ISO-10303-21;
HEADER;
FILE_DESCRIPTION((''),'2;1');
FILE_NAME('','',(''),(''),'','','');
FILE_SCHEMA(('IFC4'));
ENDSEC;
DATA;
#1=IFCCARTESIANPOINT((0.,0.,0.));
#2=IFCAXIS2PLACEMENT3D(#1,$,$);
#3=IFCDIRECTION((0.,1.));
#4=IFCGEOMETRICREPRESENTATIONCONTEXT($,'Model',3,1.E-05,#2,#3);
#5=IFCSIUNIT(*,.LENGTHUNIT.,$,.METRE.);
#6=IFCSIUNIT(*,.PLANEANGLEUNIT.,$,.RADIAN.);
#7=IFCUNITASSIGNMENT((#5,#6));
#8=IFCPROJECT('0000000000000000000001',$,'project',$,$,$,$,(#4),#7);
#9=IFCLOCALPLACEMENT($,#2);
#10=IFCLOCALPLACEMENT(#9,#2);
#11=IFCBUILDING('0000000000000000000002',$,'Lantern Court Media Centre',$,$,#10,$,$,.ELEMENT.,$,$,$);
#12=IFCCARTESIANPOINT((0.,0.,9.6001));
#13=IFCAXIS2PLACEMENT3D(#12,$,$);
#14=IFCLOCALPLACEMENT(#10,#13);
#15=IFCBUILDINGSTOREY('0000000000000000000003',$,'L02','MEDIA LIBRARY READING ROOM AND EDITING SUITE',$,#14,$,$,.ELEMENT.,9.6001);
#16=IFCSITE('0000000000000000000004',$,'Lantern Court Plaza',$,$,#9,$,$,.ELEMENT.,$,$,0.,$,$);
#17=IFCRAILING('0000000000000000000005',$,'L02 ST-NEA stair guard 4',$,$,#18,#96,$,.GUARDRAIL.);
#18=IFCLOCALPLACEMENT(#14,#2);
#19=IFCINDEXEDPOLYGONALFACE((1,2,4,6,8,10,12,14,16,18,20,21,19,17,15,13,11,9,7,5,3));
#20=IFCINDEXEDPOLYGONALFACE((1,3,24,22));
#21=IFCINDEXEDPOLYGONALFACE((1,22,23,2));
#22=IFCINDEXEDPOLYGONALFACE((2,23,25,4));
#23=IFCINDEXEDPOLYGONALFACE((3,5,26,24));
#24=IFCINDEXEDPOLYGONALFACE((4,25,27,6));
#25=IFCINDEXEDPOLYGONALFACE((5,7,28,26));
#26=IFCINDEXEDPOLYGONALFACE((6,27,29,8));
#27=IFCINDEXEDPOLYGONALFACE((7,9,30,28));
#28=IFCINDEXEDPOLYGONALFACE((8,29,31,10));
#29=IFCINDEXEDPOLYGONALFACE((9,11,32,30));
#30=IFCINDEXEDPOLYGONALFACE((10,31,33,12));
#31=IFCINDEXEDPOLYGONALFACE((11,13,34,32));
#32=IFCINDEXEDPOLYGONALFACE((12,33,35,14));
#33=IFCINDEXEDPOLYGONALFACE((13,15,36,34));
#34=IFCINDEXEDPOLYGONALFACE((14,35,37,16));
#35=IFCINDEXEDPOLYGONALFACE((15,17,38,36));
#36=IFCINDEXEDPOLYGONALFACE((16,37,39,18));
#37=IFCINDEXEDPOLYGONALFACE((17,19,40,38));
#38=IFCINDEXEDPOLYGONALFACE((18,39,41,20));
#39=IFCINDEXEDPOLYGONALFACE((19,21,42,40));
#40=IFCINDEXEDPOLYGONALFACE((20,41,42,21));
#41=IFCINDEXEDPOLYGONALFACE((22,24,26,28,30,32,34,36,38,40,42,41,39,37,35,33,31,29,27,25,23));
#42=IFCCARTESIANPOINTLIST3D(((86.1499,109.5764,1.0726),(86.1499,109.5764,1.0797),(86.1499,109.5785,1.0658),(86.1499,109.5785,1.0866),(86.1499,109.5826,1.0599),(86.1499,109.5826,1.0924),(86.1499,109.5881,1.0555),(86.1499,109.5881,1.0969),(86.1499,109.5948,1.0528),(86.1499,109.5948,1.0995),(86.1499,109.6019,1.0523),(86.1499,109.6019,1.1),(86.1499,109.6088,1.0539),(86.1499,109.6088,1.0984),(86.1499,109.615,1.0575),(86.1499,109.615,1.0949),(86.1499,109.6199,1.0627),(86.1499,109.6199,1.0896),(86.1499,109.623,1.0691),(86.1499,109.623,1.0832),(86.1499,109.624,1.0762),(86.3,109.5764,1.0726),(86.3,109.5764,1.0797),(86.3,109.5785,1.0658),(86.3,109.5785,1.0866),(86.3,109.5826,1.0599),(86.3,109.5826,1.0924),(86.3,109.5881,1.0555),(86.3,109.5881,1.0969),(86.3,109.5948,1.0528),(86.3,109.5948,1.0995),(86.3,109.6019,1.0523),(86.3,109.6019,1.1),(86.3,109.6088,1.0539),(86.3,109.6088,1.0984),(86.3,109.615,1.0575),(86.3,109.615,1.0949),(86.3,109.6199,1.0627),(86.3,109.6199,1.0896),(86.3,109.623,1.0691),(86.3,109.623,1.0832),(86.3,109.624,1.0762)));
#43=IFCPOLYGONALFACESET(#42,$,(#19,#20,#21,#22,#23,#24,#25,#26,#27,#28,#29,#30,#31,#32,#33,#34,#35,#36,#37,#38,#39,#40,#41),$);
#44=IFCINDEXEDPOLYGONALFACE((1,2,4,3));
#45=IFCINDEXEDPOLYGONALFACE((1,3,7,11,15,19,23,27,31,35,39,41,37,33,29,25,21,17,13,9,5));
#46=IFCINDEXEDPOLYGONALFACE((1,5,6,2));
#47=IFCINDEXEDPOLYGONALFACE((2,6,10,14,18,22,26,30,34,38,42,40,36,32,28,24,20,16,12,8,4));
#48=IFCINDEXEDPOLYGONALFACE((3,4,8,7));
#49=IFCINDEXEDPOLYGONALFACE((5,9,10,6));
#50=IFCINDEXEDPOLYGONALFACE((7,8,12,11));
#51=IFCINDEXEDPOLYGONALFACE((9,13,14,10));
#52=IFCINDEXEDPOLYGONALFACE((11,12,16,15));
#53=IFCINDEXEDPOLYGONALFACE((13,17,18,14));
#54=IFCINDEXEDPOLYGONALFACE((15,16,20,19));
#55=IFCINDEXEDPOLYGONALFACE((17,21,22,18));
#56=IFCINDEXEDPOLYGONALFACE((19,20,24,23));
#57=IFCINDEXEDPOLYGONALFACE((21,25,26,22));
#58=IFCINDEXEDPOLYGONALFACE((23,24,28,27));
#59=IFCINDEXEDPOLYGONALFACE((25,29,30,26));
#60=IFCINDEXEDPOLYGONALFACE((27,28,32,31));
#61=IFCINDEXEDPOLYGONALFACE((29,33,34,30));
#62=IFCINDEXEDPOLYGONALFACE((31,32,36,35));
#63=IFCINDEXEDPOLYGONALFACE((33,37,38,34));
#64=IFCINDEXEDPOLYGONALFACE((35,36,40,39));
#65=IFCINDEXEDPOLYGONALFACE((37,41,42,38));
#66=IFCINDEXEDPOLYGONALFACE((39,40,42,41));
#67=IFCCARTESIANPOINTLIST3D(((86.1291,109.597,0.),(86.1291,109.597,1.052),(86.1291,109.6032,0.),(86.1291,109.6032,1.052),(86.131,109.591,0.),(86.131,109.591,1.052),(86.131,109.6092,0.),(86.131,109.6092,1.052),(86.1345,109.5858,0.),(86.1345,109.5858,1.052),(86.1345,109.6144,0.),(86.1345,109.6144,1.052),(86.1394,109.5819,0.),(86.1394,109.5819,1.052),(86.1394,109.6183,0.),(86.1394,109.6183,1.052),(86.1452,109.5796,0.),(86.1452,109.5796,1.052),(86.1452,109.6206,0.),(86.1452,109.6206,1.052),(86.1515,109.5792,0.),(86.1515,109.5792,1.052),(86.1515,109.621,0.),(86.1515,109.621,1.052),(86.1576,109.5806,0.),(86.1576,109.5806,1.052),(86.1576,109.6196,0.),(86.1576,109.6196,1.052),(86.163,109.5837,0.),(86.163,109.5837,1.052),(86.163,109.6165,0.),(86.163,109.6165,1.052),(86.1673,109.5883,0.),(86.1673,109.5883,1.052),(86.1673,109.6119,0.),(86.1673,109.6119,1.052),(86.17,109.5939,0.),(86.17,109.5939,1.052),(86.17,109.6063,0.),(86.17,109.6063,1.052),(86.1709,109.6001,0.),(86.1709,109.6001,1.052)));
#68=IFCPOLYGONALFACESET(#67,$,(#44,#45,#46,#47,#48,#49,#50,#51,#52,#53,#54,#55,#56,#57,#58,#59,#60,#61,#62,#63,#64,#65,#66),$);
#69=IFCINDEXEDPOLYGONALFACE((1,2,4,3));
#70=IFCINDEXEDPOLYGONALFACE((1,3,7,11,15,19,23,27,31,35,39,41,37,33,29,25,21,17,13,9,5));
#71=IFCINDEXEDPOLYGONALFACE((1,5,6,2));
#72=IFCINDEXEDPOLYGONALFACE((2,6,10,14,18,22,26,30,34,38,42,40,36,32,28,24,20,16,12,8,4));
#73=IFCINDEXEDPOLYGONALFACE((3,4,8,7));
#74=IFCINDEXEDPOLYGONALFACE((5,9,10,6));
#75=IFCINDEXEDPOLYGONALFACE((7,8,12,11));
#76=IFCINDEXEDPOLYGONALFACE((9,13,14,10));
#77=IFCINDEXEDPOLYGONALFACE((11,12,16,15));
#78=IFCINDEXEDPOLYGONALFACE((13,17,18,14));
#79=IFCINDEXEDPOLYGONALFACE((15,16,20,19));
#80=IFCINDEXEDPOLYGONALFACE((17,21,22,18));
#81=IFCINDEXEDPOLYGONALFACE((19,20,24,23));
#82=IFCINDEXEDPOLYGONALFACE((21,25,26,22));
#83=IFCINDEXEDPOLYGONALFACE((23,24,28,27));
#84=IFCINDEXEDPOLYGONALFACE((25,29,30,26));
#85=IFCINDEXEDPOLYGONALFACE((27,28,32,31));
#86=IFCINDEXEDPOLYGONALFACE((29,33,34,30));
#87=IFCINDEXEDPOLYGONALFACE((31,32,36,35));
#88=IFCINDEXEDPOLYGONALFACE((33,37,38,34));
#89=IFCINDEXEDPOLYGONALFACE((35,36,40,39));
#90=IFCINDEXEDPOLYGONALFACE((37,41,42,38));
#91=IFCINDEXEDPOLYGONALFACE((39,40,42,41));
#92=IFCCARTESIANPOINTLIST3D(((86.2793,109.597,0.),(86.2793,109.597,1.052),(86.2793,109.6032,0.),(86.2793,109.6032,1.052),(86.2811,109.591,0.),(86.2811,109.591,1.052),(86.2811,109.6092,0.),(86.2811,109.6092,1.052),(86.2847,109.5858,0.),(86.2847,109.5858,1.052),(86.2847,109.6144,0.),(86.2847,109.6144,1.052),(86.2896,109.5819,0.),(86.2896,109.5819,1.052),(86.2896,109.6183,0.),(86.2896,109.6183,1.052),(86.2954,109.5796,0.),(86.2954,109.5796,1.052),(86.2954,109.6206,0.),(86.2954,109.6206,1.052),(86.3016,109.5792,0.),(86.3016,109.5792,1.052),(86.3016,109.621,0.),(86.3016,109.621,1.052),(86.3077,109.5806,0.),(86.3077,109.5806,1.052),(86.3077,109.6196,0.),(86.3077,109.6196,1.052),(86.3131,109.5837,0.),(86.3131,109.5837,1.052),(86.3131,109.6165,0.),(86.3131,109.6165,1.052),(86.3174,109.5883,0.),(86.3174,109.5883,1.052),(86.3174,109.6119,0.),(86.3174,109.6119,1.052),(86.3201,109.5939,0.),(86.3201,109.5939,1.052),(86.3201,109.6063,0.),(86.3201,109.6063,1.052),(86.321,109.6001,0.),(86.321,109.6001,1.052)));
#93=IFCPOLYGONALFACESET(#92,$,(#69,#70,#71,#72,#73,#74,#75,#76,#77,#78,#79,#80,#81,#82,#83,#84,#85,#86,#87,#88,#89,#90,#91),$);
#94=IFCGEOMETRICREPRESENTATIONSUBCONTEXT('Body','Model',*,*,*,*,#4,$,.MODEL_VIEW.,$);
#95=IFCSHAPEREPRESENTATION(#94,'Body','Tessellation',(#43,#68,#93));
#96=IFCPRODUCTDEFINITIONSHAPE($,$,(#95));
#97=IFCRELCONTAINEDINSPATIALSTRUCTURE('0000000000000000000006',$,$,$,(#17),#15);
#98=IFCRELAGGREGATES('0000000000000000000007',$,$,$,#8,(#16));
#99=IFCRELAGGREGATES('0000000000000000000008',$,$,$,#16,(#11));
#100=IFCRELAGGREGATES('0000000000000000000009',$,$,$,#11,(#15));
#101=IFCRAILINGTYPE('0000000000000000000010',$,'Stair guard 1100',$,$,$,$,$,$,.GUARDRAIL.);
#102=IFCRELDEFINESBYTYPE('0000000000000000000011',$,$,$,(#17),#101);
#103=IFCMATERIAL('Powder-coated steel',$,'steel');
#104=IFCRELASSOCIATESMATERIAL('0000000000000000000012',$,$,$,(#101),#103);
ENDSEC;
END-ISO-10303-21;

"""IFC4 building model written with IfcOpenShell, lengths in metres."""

from ifc_helpers import new_model, si_unit, direction, frame, origin, origin_2d, place, context, subcontext, project, spatial, circle, extrude, material, type_object, element, save


model = new_model("IFC4")

# Units and contexts
model_context = context("Model", 3, precision=1e-05, world=origin(), true_north=direction((0.0, 1.0)))
body_context = subcontext(model_context, "Body", "Model", "MODEL_VIEW")
ifc_project = project(units=[si_unit("LENGTHUNIT", "METRE"), si_unit("PLANEANGLEUNIT", "RADIAN")], contexts=[model_context])

# Site, building, storey
site_placement = place(None, origin())
site = spatial("IfcSite", under=ifc_project, at=site_placement, Name="Lantern Court Plaza", CompositionType="ELEMENT", RefElevation=0.0)
building_placement = place(site_placement, origin())
building = spatial("IfcBuilding", under=site, at=building_placement, Name="Lantern Court Media Centre", CompositionType="ELEMENT")
storey_placement = place(building_placement, frame((0.0, 0.0, 9.6001)))
storey = spatial("IfcBuildingStorey", under=building, at=storey_placement, Name="L02", Description="MEDIA LIBRARY READING ROOM AND EDITING SUITE", CompositionType="ELEMENT", Elevation=9.6001)

# Shared definitions
ifc_material_1 = material(Name="Powder-coated steel", Category="steel")

# Railing
railing_type_1 = type_object("IfcRailingType", Name="Stair guard 1100", PredefinedType="GUARDRAIL", material=ifc_material_1)
railing_1_placement = place(storey_placement, frame((86.1499, 109.6001, 0.0)))
element("IfcRailing", 1, at=railing_1_placement, inside=storey, type_object=railing_type_1, Name="L02 ST-NEA stair guard 4", PredefinedType="GUARDRAIL", context=body_context, shape_type="SweptSolid", body=[
    extrude(circle(Radius=0.0239, at=origin_2d()), frame((0.0, 0.0, 1.0762), z_axis=(1.0, 0.0, 0.0), x_axis=(0.0, 1.0, 0.0)), (0.0, 0.0, 1.0), 0.1501),
    extrude(circle(Radius=0.021, at=origin_2d()), origin(), (0.0, 0.0, 1.0), 1.052),
    extrude(circle(Radius=0.021, at=origin_2d()), frame((0.1501, 0.0, 0.0)), (0.0, 0.0, 1.0), 1.052),
])

save(model, "model.ifc")
